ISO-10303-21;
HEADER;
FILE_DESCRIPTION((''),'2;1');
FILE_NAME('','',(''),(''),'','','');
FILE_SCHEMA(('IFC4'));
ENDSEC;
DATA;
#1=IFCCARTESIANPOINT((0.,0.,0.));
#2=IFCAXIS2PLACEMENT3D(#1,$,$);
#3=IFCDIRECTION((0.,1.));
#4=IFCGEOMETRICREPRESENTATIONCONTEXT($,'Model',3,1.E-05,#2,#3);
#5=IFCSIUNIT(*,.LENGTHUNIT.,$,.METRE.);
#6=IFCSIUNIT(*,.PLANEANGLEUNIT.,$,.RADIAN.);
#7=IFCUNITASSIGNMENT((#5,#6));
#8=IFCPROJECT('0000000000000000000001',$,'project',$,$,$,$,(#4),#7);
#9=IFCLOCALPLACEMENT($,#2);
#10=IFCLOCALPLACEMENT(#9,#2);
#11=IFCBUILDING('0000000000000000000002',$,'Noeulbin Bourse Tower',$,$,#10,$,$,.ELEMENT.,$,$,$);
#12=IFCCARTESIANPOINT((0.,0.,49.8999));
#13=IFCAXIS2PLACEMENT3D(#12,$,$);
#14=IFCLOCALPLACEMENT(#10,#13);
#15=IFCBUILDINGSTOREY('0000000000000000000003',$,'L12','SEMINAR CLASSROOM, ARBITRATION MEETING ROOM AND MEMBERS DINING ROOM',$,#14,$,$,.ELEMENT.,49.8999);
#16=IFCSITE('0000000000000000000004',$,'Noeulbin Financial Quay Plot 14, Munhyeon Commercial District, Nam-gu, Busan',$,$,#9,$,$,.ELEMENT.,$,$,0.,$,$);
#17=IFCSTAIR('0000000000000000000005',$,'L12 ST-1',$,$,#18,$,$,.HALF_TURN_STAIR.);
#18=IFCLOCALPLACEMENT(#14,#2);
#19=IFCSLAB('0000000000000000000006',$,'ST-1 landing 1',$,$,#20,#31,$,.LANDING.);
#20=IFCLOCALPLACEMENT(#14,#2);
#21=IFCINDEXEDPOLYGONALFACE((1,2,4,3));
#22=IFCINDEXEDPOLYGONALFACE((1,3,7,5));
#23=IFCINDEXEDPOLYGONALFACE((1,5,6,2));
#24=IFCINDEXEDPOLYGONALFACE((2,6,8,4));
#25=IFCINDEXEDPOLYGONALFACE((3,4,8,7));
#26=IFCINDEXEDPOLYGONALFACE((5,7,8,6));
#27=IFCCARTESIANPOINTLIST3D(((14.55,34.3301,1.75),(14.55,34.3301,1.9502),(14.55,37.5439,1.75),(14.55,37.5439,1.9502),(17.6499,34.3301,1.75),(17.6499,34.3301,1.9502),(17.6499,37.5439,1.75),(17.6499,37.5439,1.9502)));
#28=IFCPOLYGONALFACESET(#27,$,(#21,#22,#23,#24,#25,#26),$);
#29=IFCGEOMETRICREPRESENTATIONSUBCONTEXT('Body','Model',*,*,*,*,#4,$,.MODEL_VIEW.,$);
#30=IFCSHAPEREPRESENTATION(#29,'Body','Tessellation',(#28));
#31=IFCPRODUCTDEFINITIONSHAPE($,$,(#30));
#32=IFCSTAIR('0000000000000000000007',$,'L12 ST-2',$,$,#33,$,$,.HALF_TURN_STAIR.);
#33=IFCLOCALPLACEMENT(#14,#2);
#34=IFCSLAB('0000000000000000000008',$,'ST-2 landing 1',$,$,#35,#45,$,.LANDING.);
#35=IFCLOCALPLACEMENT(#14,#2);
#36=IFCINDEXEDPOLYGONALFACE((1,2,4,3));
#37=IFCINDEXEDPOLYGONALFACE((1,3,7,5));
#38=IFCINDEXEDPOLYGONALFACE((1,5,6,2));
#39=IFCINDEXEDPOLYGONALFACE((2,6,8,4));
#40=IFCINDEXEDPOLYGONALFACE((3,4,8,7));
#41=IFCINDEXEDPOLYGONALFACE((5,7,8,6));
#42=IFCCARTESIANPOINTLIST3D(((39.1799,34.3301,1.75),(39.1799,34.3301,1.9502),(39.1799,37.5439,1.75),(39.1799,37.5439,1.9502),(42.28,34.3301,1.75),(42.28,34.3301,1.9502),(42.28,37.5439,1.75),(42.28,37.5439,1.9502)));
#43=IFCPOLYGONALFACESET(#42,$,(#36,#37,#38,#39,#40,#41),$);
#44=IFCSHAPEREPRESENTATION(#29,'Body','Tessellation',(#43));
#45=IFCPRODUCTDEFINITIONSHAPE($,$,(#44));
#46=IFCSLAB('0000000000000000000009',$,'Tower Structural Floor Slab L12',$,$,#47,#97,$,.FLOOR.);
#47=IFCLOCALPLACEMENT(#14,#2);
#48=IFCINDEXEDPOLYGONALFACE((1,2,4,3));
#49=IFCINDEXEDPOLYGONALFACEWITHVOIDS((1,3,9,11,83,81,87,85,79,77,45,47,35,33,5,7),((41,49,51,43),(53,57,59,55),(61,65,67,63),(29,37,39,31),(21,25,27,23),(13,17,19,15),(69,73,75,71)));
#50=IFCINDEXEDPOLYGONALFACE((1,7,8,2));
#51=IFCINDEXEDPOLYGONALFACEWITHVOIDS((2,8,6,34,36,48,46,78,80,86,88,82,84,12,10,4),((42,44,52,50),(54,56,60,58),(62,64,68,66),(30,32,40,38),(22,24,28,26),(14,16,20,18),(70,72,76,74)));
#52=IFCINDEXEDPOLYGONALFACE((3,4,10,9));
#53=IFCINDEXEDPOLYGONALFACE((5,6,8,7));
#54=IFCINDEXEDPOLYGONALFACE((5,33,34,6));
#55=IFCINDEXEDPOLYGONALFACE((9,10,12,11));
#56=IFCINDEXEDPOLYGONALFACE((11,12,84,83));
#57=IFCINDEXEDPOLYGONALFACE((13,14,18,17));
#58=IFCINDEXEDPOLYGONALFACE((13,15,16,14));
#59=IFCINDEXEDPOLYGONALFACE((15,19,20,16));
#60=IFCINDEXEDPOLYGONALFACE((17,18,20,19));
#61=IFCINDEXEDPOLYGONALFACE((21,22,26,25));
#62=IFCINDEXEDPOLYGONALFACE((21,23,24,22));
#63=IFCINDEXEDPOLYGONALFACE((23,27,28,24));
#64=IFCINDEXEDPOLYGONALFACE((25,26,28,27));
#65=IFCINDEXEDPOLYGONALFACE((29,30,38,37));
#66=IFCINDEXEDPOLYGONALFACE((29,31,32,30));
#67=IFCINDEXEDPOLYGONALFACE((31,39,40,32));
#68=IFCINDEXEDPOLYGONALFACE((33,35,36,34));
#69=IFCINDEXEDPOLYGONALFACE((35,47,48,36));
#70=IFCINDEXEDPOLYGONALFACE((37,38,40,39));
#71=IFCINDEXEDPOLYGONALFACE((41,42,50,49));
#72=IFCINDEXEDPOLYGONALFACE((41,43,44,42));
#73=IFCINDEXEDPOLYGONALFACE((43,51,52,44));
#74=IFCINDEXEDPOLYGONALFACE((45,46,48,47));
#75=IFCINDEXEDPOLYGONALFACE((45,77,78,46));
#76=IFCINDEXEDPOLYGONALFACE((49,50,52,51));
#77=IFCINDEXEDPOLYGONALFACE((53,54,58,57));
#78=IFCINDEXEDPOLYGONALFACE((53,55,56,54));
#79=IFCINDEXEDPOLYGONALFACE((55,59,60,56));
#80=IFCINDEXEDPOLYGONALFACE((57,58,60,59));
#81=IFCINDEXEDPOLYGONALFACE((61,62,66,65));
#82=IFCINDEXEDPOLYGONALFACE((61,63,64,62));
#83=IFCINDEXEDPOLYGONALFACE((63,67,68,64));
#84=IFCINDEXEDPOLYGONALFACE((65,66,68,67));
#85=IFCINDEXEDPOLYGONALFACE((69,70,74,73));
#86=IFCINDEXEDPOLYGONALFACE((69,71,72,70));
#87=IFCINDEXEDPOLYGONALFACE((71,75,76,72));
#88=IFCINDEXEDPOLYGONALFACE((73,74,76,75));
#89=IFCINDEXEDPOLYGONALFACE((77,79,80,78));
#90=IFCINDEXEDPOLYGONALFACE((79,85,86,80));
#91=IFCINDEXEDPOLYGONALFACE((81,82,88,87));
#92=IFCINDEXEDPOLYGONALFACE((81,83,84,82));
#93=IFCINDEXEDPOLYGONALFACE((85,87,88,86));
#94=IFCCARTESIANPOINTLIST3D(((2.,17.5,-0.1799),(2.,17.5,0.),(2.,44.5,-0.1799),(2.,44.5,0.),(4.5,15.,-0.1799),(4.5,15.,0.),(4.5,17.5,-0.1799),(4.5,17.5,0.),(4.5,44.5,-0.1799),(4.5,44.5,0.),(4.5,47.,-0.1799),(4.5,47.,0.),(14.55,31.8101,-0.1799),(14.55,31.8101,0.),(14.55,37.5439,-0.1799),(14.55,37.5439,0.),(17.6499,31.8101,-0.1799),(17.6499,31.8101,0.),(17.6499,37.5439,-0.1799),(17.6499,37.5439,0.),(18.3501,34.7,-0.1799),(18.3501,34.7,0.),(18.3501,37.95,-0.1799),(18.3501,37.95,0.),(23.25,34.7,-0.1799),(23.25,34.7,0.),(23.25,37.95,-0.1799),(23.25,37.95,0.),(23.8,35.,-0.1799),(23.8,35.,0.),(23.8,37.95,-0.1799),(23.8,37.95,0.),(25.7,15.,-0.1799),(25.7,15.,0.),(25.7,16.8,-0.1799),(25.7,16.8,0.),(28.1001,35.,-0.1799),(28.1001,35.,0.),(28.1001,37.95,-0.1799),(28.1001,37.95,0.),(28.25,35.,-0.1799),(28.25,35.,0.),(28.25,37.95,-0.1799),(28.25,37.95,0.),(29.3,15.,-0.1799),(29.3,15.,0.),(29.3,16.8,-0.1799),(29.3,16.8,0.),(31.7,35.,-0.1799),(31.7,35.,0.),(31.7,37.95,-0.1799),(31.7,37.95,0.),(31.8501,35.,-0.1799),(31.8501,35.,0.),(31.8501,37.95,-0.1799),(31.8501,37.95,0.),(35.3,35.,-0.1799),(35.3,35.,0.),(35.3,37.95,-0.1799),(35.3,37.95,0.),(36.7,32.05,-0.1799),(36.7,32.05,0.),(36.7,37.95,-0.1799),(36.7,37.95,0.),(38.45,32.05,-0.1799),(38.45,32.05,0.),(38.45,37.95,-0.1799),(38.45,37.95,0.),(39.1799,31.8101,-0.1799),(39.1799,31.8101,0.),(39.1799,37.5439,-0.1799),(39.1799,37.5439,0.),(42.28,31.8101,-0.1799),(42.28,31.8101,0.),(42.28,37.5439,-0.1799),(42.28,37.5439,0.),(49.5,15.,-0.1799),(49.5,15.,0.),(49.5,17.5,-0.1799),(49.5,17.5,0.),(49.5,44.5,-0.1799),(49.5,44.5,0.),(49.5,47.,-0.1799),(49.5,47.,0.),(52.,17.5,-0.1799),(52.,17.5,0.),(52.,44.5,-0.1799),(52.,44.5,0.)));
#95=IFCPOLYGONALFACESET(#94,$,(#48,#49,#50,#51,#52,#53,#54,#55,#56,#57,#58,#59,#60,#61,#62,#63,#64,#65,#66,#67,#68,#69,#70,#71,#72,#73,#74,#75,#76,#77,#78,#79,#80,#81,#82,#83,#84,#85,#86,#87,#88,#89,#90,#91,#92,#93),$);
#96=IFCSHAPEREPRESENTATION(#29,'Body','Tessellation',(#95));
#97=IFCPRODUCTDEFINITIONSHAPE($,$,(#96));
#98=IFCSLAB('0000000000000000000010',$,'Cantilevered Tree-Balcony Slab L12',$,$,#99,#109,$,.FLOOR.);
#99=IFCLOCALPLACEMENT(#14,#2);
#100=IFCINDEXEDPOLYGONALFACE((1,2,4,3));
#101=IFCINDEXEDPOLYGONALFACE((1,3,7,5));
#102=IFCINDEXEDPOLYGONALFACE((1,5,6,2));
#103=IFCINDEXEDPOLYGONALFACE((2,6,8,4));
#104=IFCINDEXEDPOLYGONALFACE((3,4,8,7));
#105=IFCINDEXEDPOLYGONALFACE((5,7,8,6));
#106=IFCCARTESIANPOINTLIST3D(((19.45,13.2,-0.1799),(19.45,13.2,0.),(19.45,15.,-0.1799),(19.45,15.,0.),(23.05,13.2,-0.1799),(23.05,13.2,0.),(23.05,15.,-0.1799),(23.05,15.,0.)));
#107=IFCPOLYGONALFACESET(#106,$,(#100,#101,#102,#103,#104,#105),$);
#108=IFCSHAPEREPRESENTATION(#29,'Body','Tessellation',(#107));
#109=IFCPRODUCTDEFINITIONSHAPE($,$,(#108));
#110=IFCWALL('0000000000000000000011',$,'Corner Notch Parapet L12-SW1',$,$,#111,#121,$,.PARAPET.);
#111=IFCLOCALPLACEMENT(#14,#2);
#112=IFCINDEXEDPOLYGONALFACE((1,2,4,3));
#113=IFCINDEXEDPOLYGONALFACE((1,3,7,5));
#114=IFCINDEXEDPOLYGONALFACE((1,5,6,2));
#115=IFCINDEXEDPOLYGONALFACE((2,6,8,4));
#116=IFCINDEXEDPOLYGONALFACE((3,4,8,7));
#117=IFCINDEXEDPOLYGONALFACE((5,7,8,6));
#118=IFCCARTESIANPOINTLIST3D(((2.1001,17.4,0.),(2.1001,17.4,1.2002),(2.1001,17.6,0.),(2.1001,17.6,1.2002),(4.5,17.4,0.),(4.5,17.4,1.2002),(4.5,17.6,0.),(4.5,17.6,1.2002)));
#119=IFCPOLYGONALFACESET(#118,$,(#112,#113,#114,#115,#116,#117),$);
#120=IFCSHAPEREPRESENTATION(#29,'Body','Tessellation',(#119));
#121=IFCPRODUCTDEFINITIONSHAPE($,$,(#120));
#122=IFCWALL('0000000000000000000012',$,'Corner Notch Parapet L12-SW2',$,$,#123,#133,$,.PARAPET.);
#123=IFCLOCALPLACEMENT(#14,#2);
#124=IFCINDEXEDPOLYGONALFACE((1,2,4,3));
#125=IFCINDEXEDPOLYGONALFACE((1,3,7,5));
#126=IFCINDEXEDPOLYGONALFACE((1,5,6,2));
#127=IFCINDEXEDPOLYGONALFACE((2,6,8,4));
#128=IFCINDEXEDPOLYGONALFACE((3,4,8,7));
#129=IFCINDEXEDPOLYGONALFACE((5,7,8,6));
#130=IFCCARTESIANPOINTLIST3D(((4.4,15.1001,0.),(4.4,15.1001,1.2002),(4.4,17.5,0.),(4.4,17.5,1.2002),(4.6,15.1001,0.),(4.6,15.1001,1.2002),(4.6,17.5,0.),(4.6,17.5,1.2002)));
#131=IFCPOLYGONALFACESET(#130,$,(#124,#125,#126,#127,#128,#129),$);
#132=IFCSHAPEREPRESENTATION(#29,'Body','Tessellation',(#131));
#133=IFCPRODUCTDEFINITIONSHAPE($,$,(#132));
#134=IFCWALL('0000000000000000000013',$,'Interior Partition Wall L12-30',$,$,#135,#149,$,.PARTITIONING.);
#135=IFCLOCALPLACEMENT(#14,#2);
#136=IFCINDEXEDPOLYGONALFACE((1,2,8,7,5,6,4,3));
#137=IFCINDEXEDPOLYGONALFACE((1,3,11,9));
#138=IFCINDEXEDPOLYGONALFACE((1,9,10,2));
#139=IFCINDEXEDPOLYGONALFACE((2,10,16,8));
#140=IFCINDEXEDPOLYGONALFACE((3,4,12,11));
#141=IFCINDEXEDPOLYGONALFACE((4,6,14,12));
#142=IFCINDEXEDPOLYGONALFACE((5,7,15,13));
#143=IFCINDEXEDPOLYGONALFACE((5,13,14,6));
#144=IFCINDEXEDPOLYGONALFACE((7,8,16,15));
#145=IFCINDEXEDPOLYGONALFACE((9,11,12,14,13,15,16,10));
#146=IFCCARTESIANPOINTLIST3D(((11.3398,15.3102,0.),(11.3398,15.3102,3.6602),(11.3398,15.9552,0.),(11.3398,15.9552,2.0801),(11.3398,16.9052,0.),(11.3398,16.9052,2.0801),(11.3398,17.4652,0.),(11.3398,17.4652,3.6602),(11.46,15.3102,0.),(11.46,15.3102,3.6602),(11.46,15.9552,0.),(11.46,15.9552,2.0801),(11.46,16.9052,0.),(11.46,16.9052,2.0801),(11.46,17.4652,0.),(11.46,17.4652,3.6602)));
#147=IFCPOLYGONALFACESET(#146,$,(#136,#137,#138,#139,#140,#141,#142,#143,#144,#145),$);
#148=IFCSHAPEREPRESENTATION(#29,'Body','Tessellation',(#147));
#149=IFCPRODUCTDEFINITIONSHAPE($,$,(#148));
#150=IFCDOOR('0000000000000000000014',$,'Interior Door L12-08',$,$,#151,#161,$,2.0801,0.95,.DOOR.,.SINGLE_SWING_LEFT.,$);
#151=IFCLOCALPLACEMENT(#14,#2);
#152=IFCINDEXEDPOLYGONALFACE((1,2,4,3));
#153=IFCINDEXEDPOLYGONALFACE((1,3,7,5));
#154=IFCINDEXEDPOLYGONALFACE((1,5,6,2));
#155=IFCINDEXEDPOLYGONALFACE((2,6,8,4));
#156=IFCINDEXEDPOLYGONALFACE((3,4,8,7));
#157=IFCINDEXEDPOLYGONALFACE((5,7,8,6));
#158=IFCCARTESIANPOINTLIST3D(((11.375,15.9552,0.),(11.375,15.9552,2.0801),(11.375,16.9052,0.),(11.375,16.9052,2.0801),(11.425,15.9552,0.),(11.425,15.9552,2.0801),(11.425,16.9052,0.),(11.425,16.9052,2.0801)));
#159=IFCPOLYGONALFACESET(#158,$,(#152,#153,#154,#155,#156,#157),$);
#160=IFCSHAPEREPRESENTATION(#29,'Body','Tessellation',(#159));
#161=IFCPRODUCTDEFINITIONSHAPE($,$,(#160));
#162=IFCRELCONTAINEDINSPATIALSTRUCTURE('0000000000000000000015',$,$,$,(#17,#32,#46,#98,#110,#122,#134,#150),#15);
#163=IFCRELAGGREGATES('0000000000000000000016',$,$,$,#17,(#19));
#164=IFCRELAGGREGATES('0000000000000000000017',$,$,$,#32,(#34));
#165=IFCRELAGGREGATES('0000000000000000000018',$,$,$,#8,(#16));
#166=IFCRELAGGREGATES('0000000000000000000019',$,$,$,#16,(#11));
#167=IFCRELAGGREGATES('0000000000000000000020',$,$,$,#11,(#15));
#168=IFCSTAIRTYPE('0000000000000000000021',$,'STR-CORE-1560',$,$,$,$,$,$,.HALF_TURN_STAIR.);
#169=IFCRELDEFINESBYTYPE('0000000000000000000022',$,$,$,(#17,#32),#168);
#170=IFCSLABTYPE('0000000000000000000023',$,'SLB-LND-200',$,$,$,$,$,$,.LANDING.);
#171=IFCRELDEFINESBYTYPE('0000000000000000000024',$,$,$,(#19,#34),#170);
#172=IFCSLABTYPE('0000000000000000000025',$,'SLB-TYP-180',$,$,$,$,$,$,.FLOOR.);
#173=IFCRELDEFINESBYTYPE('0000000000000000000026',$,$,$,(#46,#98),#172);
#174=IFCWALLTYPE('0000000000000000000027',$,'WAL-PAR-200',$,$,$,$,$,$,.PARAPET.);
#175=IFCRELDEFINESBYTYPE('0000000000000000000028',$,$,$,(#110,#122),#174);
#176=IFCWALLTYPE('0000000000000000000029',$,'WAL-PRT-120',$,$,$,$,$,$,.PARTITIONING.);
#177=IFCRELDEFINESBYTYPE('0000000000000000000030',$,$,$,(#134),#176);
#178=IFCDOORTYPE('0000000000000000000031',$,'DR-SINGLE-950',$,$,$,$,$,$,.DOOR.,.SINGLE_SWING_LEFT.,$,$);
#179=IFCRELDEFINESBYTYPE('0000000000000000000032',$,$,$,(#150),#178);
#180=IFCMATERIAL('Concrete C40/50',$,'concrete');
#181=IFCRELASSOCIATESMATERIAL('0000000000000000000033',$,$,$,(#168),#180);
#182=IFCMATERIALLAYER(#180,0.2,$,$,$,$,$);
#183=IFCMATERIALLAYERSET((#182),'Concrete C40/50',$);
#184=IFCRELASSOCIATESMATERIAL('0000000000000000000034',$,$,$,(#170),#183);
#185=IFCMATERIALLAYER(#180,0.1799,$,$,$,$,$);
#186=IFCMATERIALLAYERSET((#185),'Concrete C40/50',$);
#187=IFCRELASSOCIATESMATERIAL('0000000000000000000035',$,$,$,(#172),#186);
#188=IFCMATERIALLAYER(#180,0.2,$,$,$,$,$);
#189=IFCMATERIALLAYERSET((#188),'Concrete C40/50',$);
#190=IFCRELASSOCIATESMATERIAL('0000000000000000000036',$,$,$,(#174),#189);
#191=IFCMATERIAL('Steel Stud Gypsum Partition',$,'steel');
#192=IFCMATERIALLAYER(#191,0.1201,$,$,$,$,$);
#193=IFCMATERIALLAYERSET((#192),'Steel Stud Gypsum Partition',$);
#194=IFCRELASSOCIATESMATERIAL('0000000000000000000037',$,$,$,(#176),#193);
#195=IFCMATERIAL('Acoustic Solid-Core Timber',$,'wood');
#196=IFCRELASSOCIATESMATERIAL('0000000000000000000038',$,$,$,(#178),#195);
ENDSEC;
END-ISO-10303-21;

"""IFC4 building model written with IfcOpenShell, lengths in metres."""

from ifc_helpers import new_model, si_unit, direction, frame, frame_2d, origin, place, context, subcontext, project, spatial, polyline, rectangle, outline, extrude, material, layer, layer_set, type_object, element, fill, aggregate, save


model = new_model("IFC4")

# Units and contexts
model_context = context("Model", 3, precision=1e-05, world=origin(), true_north=direction((0.0, 1.0)))
body_context = subcontext(model_context, "Body", "Model", "MODEL_VIEW")
ifc_project = project(units=[si_unit("LENGTHUNIT", "METRE"), si_unit("PLANEANGLEUNIT", "RADIAN")], contexts=[model_context])

# Site, building, storey
site_placement = place(None, origin())
site = spatial("IfcSite", under=ifc_project, at=site_placement, Name="Noeulbin Financial Quay Plot 14, Munhyeon Commercial District, Nam-gu, Busan", CompositionType="ELEMENT", RefElevation=0.0)
building_placement = place(site_placement, origin())
building = spatial("IfcBuilding", under=site, at=building_placement, Name="Noeulbin Bourse Tower", CompositionType="ELEMENT")
storey_placement = place(building_placement, frame((0.0, 0.0, 49.8999)))
storey = spatial("IfcBuildingStorey", under=building, at=storey_placement, Name="L12", Description="SEMINAR CLASSROOM, ARBITRATION MEETING ROOM AND MEMBERS DINING ROOM", CompositionType="ELEMENT", Elevation=49.8999)

# Stairs, slabs
ifc_material_1 = material(Name="Concrete C40/50", Category="concrete")
stair_type = type_object("IfcStairType", Name="STR-CORE-1560", PredefinedType="HALF_TURN_STAIR", material=ifc_material_1)
stair_1_placement = place(storey_placement, origin())
stair_1 = element("IfcStair", 1, at=stair_1_placement, inside=storey, type_object=stair_type, Name="L12 ST-1", PredefinedType="HALF_TURN_STAIR")
ifc_layer_1 = layer(ifc_material_1, 0.2)
ifc_layer_set_1 = layer_set([ifc_layer_1], Name="Concrete C40/50")
slab_type_1 = type_object("IfcSlabType", Name="SLB-LND-200", PredefinedType="LANDING", material=ifc_layer_set_1)
slab_1_placement = place(storey_placement, frame((0.0, 0.0, 1.75)))
slab_1 = element("IfcSlab", 2, at=slab_1_placement, type_object=slab_type_1, Name="ST-1 landing 1", PredefinedType="LANDING", context=body_context, shape_type="SweptSolid", body=[
    extrude(outline(polyline([(17.6499, 34.3301), (17.6499, 37.5439), (14.55, 37.5439), (14.55, 34.3301), (17.6499, 34.3301)])), origin(), (0.0, 0.0, 1.0), 0.2002),
])
aggregate(stair_1, [slab_1])
stair_2_placement = place(storey_placement, origin())
stair_2 = element("IfcStair", 3, at=stair_2_placement, inside=storey, type_object=stair_type, Name="L12 ST-2", PredefinedType="HALF_TURN_STAIR")
slab_2_placement = place(storey_placement, frame((0.0, 0.0, 1.75)))
slab_2 = element("IfcSlab", 4, at=slab_2_placement, type_object=slab_type_1, Name="ST-2 landing 1", PredefinedType="LANDING", context=body_context, shape_type="SweptSolid", body=[
    extrude(outline(polyline([(42.28, 34.3301), (42.28, 37.5439), (39.1799, 37.5439), (39.1799, 34.3301), (42.28, 34.3301)])), origin(), (0.0, 0.0, 1.0), 0.2002),
])
aggregate(stair_2, [slab_2])

# Slab, openings
ifc_layer_2 = layer(ifc_material_1, 0.1799)
ifc_layer_set_2 = layer_set([ifc_layer_2], Name="Concrete C40/50")
slab_type_2 = type_object("IfcSlabType", Name="SLB-TYP-180", PredefinedType="FLOOR", material=ifc_layer_set_2)
slab_3_placement = place(storey_placement, frame((0.0, 0.0, -0.1799)))
slab_3 = element("IfcSlab", 5, at=slab_3_placement, inside=storey, type_object=slab_type_2, Name="Tower Structural Floor Slab L12", PredefinedType="FLOOR", context=body_context, shape_type="SweptSolid", body=[
    extrude(outline(polyline([(4.5, 15.0), (25.7, 15.0), (25.7, 16.8), (29.3, 16.8), (29.3, 15.0), (49.5, 15.0), (49.5, 17.5), (52.0, 17.5), (52.0, 44.5), (49.5, 44.5), (49.5, 47.0), (4.5, 47.0), (4.5, 44.5), (2.0, 44.5), (2.0, 17.5), (4.5, 17.5), (4.5, 15.0)]), holes=[polyline([(17.6499, 31.8101), (17.6499, 37.5439), (14.55, 37.5439), (14.55, 31.8101), (17.6499, 31.8101)]), polyline([(42.28, 31.8101), (42.28, 37.5439), (39.1799, 37.5439), (39.1799, 31.8101), (42.28, 31.8101)]), polyline([(18.3501, 34.7), (23.25, 34.7), (23.25, 37.95), (18.3501, 37.95), (18.3501, 34.7)]), polyline([(36.7, 32.05), (38.45, 32.05), (38.45, 37.95), (36.7, 37.95), (36.7, 32.05)]), polyline([(23.8, 35.0), (28.1001, 35.0), (28.1001, 37.95), (23.8, 37.95), (23.8, 35.0)]), polyline([(28.25, 35.0), (31.7, 35.0), (31.7, 37.95), (28.25, 37.95), (28.25, 35.0)]), polyline([(31.8501, 35.0), (35.3, 35.0), (35.3, 37.95), (31.8501, 37.95), (31.8501, 35.0)])]), origin(), (0.0, 0.0, 1.0), 0.1799),
])
opening_1_placement = place(slab_3_placement, frame((0.0, 0.0, -0.01)))
element("IfcOpeningElement", 6, at=opening_1_placement, cuts=slab_3, PredefinedType="OPENING", context=body_context, shape_type="SweptSolid", body=[
    extrude(outline(polyline([(17.6499, 31.8101), (17.6499, 37.5439), (14.55, 37.5439), (14.55, 31.8101), (17.6499, 31.8101)])), origin(), (0.0, 0.0, 1.0), 0.2),
])
opening_2_placement = place(slab_3_placement, frame((0.0, 0.0, -0.01)))
element("IfcOpeningElement", 7, at=opening_2_placement, cuts=slab_3, PredefinedType="OPENING", context=body_context, shape_type="SweptSolid", body=[
    extrude(outline(polyline([(42.28, 31.8101), (42.28, 37.5439), (39.1799, 37.5439), (39.1799, 31.8101), (42.28, 31.8101)])), origin(), (0.0, 0.0, 1.0), 0.2),
])
opening_3_placement = place(slab_3_placement, frame((0.0, 0.0, -0.01)))
element("IfcOpeningElement", 8, at=opening_3_placement, cuts=slab_3, PredefinedType="OPENING", context=body_context, shape_type="SweptSolid", body=[
    extrude(outline(polyline([(18.3501, 34.7), (23.25, 34.7), (23.25, 37.95), (18.3501, 37.95), (18.3501, 34.7)])), origin(), (0.0, 0.0, 1.0), 0.2),
])
opening_4_placement = place(slab_3_placement, frame((0.0, 0.0, -0.01)))
element("IfcOpeningElement", 9, at=opening_4_placement, cuts=slab_3, PredefinedType="OPENING", context=body_context, shape_type="SweptSolid", body=[
    extrude(outline(polyline([(36.7, 32.05), (38.45, 32.05), (38.45, 37.95), (36.7, 37.95), (36.7, 32.05)])), origin(), (0.0, 0.0, 1.0), 0.2),
])
opening_5_placement = place(slab_3_placement, frame((0.0, 0.0, -0.01)))
element("IfcOpeningElement", 10, at=opening_5_placement, cuts=slab_3, PredefinedType="OPENING", context=body_context, shape_type="SweptSolid", body=[
    extrude(outline(polyline([(23.8, 35.0), (28.1001, 35.0), (28.1001, 37.95), (23.8, 37.95), (23.8, 35.0)])), origin(), (0.0, 0.0, 1.0), 0.2),
])
opening_6_placement = place(slab_3_placement, frame((0.0, 0.0, -0.01)))
element("IfcOpeningElement", 11, at=opening_6_placement, cuts=slab_3, PredefinedType="OPENING", context=body_context, shape_type="SweptSolid", body=[
    extrude(outline(polyline([(28.25, 35.0), (31.7, 35.0), (31.7, 37.95), (28.25, 37.95), (28.25, 35.0)])), origin(), (0.0, 0.0, 1.0), 0.2),
])
opening_7_placement = place(slab_3_placement, frame((0.0, 0.0, -0.01)))
element("IfcOpeningElement", 12, at=opening_7_placement, cuts=slab_3, PredefinedType="OPENING", context=body_context, shape_type="SweptSolid", body=[
    extrude(outline(polyline([(31.8501, 35.0), (35.3, 35.0), (35.3, 37.95), (31.8501, 37.95), (31.8501, 35.0)])), origin(), (0.0, 0.0, 1.0), 0.2),
])

# Slab
slab_4_placement = place(storey_placement, frame((0.0, 0.0, -0.1799)))
element("IfcSlab", 13, at=slab_4_placement, inside=storey, type_object=slab_type_2, Name="Cantilevered Tree-Balcony Slab L12", PredefinedType="FLOOR", context=body_context, shape_type="SweptSolid", body=[
    extrude(outline(polyline([(19.45, 13.2), (23.05, 13.2), (23.05, 15.0), (19.45, 15.0), (19.45, 13.2)])), origin(), (0.0, 0.0, 1.0), 0.1799),
])

# Walls
ifc_layer_3 = layer(ifc_material_1, 0.2)
ifc_layer_set_3 = layer_set([ifc_layer_3], Name="Concrete C40/50")
wall_type_1 = type_object("IfcWallType", Name="WAL-PAR-200", PredefinedType="PARAPET", material=ifc_layer_set_3)
for number, where, z_axis, x_axis, name in (
    (14, (2.1001, 17.5, 0.0), (0.0, 0.0, 1.0), (1.0, 0.0, 0.0), "Corner Notch Parapet L12-SW1"),
    (15, (4.5, 17.5, 0.0), (0.0, 0.0, 1.0), (0.0, -1.0, 0.0), "Corner Notch Parapet L12-SW2"),
):
    element("IfcWall", number, at=place(storey_placement, frame(where, z_axis=z_axis, x_axis=x_axis)), inside=storey, type_object=wall_type_1, Name=name, PredefinedType="PARAPET", context=body_context, shape_type="SweptSolid", body=[
        extrude(rectangle(XDim=2.3999, YDim=0.2, at=frame_2d((1.2, 0.0))), origin(), (0.0, 0.0, 1.0), 1.2002),
    ])

# Wall, opening, door
ifc_material_2 = material(Name="Steel Stud Gypsum Partition", Category="steel")
ifc_layer_4 = layer(ifc_material_2, 0.1201)
ifc_layer_set_4 = layer_set([ifc_layer_4], Name="Steel Stud Gypsum Partition")
wall_type_2 = type_object("IfcWallType", Name="WAL-PRT-120", PredefinedType="PARTITIONING", material=ifc_layer_set_4)
wall_placement = place(storey_placement, frame((11.3999, 15.3101, 0.0), z_axis=(0.0, 0.0, 1.0), x_axis=(0.0, 1.0, 0.0)))
wall = element("IfcWall", 16, at=wall_placement, inside=storey, type_object=wall_type_2, Name="Interior Partition Wall L12-30", PredefinedType="PARTITIONING", context=body_context, shape_type="SweptSolid", body=[
    extrude(rectangle(XDim=2.155, YDim=0.1201, at=frame_2d((1.0776, 0.0))), origin(), (0.0, 0.0, 1.0), 3.6602),
])
opening_8_placement = place(wall_placement, frame((0.645, 0.0, 0.0)))
opening_8 = element("IfcOpeningElement", 17, at=opening_8_placement, cuts=wall, PredefinedType="OPENING", context=body_context, shape_type="SweptSolid", body=[
    extrude(rectangle(XDim=0.95, YDim=2.0801, at=frame_2d((0.4751, 1.04))), frame((0.0, 0.0701, 0.0), z_axis=(0.0, -1.0, 0.0), x_axis=(1.0, 0.0, 0.0)), (0.0, 0.0, 1.0), 0.1401),
])
ifc_material_3 = material(Name="Acoustic Solid-Core Timber", Category="wood")
door_type = type_object("IfcDoorType", Name="DR-SINGLE-950", OperationType="SINGLE_SWING_LEFT", PredefinedType="DOOR", material=ifc_material_3)
door_placement = place(opening_8_placement, origin())
door = element("IfcDoor", 18, at=door_placement, inside=storey, type_object=door_type, Name="Interior Door L12-08", OperationType="SINGLE_SWING_LEFT", OverallHeight=2.0801, OverallWidth=0.95, PredefinedType="DOOR", context=body_context, shape_type="SweptSolid", body=[
    extrude(rectangle(XDim=0.95, YDim=2.0801, at=frame_2d((0.4751, 1.04))), frame((0.0, 0.0249, 0.0), z_axis=(0.0, -1.0, 0.0), x_axis=(1.0, 0.0, 0.0)), (0.0, 0.0, 1.0), 0.05),
])
fill(opening_8, door)

save(model, "model.ifc")
